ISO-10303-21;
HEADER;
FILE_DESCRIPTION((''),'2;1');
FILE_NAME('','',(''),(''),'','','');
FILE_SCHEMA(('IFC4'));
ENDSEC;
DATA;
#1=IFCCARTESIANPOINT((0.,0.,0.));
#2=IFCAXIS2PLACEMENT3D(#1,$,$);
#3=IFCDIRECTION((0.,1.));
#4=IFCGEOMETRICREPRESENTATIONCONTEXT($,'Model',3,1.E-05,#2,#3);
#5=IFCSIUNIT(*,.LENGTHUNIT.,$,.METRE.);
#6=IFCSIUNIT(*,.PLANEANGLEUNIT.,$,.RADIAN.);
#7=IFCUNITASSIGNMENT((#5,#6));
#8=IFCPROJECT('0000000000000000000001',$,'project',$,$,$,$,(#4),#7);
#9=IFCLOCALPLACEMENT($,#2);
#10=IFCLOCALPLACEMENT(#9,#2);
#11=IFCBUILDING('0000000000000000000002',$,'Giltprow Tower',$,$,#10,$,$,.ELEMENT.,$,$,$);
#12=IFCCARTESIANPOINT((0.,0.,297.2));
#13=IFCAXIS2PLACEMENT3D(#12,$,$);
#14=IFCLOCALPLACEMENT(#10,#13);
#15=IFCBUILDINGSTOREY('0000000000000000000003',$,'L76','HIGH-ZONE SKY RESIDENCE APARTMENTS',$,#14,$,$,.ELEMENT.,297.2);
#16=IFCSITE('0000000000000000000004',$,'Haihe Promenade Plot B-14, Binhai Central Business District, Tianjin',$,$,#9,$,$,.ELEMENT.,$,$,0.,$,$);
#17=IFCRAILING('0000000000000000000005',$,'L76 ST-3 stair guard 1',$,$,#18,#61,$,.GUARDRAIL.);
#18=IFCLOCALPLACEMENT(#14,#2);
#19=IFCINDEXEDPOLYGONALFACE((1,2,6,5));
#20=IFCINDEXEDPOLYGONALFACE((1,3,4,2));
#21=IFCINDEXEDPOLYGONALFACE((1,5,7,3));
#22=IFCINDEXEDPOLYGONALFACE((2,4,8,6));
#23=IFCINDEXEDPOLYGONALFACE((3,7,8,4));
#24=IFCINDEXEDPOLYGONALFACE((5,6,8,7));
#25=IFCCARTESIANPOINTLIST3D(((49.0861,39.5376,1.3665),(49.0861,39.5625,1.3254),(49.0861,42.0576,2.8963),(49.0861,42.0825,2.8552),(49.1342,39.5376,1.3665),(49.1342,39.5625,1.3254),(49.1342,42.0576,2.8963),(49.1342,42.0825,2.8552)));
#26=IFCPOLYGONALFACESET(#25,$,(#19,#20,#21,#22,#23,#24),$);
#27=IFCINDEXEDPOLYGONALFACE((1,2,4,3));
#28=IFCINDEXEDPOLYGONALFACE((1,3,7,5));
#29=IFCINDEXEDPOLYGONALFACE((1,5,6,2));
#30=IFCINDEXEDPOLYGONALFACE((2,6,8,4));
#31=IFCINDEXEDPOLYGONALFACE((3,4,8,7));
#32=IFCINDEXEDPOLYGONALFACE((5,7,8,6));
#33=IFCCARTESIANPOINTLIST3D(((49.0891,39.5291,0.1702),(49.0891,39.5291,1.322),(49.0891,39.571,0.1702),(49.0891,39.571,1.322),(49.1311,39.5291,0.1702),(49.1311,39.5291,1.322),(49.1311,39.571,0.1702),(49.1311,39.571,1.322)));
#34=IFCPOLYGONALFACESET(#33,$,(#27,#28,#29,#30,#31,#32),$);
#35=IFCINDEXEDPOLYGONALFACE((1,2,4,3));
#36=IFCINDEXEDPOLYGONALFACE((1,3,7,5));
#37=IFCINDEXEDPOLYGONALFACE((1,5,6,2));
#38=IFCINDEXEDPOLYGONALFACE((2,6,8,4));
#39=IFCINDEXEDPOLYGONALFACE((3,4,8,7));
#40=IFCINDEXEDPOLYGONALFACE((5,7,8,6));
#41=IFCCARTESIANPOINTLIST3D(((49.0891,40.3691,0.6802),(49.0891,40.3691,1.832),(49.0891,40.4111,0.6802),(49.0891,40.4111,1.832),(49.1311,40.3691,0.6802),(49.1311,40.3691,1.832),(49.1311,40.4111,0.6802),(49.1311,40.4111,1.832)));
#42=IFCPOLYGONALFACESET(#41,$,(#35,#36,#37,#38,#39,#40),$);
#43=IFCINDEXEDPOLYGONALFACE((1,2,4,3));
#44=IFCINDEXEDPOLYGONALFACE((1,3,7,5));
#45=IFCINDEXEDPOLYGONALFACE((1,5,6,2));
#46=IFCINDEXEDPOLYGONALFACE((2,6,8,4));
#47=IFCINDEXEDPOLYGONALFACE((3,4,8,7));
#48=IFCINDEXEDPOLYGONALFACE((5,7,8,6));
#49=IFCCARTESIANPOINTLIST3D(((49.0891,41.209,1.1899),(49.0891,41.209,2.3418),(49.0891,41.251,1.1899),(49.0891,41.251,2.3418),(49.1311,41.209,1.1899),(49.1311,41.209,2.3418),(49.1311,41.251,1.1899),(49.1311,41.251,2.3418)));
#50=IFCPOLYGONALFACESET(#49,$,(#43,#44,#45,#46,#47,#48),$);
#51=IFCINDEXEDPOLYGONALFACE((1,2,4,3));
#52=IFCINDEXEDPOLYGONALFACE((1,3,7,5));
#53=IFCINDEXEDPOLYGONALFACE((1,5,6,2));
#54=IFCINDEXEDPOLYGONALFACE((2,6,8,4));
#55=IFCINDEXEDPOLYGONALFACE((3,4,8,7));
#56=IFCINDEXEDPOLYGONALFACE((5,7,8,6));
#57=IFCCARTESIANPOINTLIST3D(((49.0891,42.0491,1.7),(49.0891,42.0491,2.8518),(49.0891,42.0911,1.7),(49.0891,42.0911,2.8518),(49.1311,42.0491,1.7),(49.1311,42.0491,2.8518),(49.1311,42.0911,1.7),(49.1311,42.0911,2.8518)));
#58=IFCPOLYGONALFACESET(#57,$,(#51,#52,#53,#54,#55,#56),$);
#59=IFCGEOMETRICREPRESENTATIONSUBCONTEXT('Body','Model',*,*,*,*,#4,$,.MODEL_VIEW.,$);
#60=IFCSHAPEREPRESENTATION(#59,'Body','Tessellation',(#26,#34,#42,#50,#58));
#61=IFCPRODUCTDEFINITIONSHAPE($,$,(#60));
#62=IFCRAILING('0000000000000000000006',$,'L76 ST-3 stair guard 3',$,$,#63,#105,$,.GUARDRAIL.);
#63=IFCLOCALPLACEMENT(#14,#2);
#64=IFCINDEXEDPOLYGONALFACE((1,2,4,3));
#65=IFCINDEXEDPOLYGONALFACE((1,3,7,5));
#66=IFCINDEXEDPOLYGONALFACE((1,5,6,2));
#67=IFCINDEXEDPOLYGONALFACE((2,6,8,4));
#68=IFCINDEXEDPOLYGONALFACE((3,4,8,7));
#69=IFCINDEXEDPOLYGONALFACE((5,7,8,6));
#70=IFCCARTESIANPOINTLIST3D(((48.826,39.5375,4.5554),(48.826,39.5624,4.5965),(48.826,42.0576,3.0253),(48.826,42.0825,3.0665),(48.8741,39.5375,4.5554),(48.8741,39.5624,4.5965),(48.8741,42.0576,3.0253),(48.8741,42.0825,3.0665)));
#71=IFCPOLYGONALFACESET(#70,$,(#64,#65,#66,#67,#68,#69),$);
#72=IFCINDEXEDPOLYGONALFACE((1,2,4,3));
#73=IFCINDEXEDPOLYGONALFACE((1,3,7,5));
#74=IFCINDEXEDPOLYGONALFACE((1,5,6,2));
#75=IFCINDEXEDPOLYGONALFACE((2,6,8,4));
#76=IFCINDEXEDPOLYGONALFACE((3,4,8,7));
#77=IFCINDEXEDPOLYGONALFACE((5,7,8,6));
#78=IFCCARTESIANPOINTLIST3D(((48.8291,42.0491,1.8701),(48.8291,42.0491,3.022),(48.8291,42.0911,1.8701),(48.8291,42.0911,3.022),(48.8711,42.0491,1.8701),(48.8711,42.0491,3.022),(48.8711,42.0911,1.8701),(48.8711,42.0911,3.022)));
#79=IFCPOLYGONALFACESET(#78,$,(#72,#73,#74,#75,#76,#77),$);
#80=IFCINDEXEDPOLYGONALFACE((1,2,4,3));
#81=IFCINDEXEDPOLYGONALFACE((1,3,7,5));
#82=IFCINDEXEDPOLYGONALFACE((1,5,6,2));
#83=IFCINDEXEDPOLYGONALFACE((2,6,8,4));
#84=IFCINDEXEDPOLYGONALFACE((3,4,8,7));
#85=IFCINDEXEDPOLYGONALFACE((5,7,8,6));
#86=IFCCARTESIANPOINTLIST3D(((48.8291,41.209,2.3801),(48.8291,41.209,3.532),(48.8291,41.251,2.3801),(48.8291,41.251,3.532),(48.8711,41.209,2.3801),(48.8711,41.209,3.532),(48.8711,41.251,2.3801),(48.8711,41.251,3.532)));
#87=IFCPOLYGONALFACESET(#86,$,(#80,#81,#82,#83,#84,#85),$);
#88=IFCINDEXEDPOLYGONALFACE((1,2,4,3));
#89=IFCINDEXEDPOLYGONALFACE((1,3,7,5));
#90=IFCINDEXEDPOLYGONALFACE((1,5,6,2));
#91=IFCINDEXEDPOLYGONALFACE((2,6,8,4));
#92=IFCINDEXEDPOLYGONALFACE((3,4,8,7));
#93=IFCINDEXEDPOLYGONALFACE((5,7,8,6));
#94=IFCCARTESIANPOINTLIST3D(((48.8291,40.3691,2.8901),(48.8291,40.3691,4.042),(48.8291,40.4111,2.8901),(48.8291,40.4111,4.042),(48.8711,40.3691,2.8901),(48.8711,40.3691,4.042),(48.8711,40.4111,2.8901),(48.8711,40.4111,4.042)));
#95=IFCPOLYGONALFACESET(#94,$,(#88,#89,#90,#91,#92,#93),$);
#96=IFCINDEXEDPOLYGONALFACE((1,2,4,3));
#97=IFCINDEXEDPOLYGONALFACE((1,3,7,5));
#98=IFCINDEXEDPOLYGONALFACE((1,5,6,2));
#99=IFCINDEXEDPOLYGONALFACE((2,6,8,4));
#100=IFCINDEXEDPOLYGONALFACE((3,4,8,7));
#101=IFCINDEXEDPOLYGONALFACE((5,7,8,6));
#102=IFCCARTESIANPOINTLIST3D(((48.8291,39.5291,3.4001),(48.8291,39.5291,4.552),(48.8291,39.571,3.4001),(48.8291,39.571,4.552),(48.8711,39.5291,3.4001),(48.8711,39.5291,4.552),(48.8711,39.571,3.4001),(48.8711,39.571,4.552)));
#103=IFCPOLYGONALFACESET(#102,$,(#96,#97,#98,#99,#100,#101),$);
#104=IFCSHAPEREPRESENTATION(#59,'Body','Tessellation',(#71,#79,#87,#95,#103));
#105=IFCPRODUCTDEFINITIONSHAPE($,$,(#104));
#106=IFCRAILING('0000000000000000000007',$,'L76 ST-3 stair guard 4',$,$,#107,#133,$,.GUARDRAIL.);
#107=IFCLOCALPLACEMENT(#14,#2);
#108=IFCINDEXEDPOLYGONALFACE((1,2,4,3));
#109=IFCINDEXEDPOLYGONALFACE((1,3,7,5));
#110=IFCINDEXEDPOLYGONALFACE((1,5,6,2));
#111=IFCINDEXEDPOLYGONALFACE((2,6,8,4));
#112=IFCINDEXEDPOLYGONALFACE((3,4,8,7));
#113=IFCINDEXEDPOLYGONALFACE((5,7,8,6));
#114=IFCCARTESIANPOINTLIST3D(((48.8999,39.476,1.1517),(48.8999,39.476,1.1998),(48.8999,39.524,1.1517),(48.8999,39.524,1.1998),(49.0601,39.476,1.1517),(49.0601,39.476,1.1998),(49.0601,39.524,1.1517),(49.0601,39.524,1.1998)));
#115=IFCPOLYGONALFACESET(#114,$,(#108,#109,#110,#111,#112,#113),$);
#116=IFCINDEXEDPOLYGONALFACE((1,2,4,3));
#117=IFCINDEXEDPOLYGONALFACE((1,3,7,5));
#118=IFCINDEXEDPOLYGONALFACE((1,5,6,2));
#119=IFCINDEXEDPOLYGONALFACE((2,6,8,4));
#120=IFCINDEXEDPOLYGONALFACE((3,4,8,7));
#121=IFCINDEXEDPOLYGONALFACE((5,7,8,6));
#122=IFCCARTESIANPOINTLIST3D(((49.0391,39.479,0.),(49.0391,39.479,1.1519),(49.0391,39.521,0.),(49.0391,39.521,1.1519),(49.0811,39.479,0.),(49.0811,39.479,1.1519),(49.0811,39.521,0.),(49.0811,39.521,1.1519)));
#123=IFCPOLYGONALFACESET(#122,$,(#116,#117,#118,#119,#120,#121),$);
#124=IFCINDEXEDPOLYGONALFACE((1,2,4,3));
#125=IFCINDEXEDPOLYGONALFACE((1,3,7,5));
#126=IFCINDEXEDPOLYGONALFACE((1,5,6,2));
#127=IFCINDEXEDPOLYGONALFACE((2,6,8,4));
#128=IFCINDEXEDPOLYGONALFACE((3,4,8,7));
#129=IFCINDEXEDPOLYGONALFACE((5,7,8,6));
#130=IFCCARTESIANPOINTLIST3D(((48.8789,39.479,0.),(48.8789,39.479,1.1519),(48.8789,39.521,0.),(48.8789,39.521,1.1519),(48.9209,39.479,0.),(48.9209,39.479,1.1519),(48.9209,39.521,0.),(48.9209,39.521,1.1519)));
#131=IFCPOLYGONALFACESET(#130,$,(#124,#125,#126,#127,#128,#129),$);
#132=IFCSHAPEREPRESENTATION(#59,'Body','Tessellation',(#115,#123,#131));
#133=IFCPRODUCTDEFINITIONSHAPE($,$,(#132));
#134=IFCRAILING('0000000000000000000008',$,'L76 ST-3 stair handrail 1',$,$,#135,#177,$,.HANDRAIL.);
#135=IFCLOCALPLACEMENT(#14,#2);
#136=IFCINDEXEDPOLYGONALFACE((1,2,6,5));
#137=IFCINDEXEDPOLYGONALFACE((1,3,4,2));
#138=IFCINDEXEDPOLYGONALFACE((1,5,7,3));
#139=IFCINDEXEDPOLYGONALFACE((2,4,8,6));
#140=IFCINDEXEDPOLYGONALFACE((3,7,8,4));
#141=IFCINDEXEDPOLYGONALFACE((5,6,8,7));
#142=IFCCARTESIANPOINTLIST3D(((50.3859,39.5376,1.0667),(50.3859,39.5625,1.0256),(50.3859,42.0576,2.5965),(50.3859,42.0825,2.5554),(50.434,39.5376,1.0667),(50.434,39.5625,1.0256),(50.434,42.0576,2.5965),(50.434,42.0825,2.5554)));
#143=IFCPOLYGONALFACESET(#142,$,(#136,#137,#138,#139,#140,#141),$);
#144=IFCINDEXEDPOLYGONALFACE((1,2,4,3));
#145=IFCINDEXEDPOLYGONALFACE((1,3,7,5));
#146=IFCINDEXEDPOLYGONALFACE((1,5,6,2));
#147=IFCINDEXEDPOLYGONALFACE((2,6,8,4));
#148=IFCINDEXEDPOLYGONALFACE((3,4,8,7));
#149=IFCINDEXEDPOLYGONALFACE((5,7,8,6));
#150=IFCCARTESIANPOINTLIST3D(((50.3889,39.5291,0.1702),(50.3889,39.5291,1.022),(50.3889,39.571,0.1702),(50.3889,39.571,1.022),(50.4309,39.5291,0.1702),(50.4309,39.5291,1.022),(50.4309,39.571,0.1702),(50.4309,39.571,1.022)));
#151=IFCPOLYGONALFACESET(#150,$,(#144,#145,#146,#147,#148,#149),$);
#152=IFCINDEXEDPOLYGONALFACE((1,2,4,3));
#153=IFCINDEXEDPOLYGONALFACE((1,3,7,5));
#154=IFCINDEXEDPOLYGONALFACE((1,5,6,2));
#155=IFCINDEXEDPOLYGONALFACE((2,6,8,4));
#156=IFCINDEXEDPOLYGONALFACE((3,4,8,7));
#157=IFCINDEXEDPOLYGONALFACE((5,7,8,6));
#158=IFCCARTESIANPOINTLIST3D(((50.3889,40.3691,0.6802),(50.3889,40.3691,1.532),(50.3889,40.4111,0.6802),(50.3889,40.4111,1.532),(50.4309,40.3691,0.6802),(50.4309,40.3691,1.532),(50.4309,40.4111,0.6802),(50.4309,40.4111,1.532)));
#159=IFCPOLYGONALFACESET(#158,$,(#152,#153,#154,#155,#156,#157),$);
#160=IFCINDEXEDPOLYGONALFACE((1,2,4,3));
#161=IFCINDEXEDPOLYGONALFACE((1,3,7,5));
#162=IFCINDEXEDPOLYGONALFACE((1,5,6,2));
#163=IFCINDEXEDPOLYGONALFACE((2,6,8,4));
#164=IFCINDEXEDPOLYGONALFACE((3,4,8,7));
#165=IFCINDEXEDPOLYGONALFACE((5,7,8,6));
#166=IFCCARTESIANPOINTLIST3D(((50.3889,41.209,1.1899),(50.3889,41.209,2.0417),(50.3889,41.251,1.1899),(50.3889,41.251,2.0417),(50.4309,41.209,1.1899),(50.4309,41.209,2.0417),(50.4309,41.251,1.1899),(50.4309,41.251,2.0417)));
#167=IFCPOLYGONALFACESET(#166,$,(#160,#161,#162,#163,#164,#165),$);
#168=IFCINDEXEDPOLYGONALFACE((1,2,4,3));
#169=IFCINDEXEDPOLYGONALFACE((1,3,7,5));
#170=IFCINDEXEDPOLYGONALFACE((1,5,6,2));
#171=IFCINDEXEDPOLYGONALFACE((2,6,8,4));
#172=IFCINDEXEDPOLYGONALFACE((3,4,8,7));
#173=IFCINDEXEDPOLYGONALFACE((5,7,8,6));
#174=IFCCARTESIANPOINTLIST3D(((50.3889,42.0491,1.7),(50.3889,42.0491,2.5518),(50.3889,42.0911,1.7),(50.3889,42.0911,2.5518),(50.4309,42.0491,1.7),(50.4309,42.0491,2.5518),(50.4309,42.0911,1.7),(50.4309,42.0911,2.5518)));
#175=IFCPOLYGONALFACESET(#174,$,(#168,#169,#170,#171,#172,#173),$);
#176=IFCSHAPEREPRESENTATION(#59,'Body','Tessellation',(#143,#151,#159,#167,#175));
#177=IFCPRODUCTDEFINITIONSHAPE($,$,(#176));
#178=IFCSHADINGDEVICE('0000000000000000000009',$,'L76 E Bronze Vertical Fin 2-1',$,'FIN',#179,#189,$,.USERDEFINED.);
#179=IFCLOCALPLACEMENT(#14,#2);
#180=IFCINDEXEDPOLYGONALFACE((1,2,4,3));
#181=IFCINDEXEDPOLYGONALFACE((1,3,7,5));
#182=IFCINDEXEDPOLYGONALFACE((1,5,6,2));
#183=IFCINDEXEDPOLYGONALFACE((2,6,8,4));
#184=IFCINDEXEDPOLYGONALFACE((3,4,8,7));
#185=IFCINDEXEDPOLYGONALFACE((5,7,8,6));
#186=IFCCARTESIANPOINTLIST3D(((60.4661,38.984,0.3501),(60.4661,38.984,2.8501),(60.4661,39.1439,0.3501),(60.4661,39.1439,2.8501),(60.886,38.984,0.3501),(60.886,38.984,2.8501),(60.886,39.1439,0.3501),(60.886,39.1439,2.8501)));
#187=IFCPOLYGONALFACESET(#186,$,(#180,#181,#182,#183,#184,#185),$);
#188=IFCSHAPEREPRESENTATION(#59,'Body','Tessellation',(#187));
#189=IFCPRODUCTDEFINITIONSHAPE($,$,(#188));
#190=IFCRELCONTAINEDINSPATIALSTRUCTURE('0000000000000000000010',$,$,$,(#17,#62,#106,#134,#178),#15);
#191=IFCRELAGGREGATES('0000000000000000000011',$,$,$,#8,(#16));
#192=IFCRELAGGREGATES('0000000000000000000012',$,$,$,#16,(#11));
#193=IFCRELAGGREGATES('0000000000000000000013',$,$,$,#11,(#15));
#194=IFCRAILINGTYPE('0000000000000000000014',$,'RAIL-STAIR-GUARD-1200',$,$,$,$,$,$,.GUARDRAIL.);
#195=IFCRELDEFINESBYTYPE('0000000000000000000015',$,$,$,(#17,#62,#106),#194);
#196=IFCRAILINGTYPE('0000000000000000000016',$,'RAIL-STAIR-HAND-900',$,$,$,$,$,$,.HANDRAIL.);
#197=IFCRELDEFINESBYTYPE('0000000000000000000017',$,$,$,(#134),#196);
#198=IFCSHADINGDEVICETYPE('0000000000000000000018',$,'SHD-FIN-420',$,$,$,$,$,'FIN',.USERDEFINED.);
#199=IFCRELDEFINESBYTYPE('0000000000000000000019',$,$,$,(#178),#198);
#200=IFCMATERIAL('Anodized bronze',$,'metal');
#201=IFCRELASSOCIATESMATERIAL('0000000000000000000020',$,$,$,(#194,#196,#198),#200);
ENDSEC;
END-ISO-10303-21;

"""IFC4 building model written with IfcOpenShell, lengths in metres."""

from ifc_helpers import new_model, si_unit, direction, frame, origin, origin_2d, place, context, subcontext, project, spatial, rectangle, extrude, source, transform, mapped, material, type_object, element, save


model = new_model("IFC4")

# Units and contexts
model_context = context("Model", 3, precision=1e-05, world=origin(), true_north=direction((0.0, 1.0)))
body_context = subcontext(model_context, "Body", "Model", "MODEL_VIEW")
ifc_project = project(units=[si_unit("LENGTHUNIT", "METRE"), si_unit("PLANEANGLEUNIT", "RADIAN")], contexts=[model_context])

# Site, building, storey
site_placement = place(None, origin())
site = spatial("IfcSite", under=ifc_project, at=site_placement, Name="Haihe Promenade Plot B-14, Binhai Central Business District, Tianjin", CompositionType="ELEMENT", RefElevation=0.0)
building_placement = place(site_placement, origin())
building = spatial("IfcBuilding", under=site, at=building_placement, Name="Giltprow Tower", CompositionType="ELEMENT")
storey_placement = place(building_placement, frame((0.0, 0.0, 297.2)))
storey = spatial("IfcBuildingStorey", under=building, at=storey_placement, Name="L76", Description="HIGH-ZONE SKY RESIDENCE APARTMENTS", CompositionType="ELEMENT", Elevation=297.2)

# Railings
ifc_material_1 = material(Name="Anodized bronze", Category="metal")
railing_type_1 = type_object("IfcRailingType", Name="RAIL-STAIR-GUARD-1200", PredefinedType="GUARDRAIL", material=ifc_material_1)
railing_1_placement = place(storey_placement, frame((49.1101, 39.55, 0.1702)))
element("IfcRailing", 1, at=railing_1_placement, inside=storey, type_object=railing_type_1, Name="L76 ST-3 stair guard 1", PredefinedType="GUARDRAIL", context=body_context, shape_type="SweptSolid", body=[
    extrude(rectangle(XDim=0.0481, YDim=0.0481, at=origin_2d()), frame((0.0, 0.0, 1.1758), z_axis=(0.0, 0.854822, 0.518922), x_axis=(-1.0, 0.0, 0.0)), (0.0, 0.0, 1.0), 2.948),
    extrude(rectangle(XDim=0.042, YDim=0.042, at=origin_2d()), origin(), (0.0, 0.0, 1.0), 1.1519),
    extrude(rectangle(XDim=0.042, YDim=0.042, at=origin_2d()), frame((0.0, 0.8401, 0.51)), (0.0, 0.0, 1.0), 1.1519),
    extrude(rectangle(XDim=0.042, YDim=0.042, at=origin_2d()), frame((0.0, 1.6799, 1.0198)), (0.0, 0.0, 1.0), 1.1519),
    extrude(rectangle(XDim=0.042, YDim=0.042, at=origin_2d()), frame((0.0, 2.52, 1.5298)), (0.0, 0.0, 1.0), 1.1519),
])
railing_2_placement = place(storey_placement, frame((48.8501, 42.0701, 1.8701)))
element("IfcRailing", 2, at=railing_2_placement, inside=storey, type_object=railing_type_1, Name="L76 ST-3 stair guard 3", PredefinedType="GUARDRAIL", context=body_context, shape_type="SweptSolid", body=[
    extrude(rectangle(XDim=0.0481, YDim=0.0481, at=origin_2d()), frame((0.0, 0.0, 1.1758), z_axis=(0.0, -0.854785, 0.518982), x_axis=(1.0, 0.0, 0.0)), (0.0, 0.0, 1.0), 2.9482),
    extrude(rectangle(XDim=0.042, YDim=0.042, at=origin_2d()), origin(), (0.0, 0.0, 1.0), 1.1519),
    extrude(rectangle(XDim=0.042, YDim=0.042, at=origin_2d()), frame((0.0, -0.8401, 0.51)), (0.0, 0.0, 1.0), 1.1519),
    extrude(rectangle(XDim=0.042, YDim=0.042, at=origin_2d()), frame((0.0, -1.6799, 1.02)), (0.0, 0.0, 1.0), 1.1519),
    extrude(rectangle(XDim=0.042, YDim=0.042, at=origin_2d()), frame((0.0, -2.52, 1.53)), (0.0, 0.0, 1.0), 1.1519),
])
railing_3_placement = place(storey_placement, frame((49.0601, 39.5, 0.0)))
element("IfcRailing", 3, at=railing_3_placement, inside=storey, type_object=railing_type_1, Name="L76 ST-3 stair guard 4", PredefinedType="GUARDRAIL", context=body_context, shape_type="SweptSolid", body=[
    extrude(rectangle(XDim=0.0481, YDim=0.0481, at=origin_2d()), frame((0.0, 0.0, 1.1758), z_axis=(-1.0, 0.0, 0.0), x_axis=(0.0, -1.0, 0.0)), (0.0, 0.0, 1.0), 0.1602),
    extrude(rectangle(XDim=0.042, YDim=0.042, at=origin_2d()), origin(), (0.0, 0.0, 1.0), 1.1519),
    extrude(rectangle(XDim=0.042, YDim=0.042, at=origin_2d()), frame((-0.1602, 0.0, 0.0)), (0.0, 0.0, 1.0), 1.1519),
])
railing_type_2 = type_object("IfcRailingType", Name="RAIL-STAIR-HAND-900", PredefinedType="HANDRAIL", material=ifc_material_1)
railing_4_placement = place(storey_placement, frame((50.4099, 39.55, 0.1702)))
element("IfcRailing", 4, at=railing_4_placement, inside=storey, type_object=railing_type_2, Name="L76 ST-3 stair handrail 1", PredefinedType="HANDRAIL", context=body_context, shape_type="SweptSolid", body=[
    extrude(rectangle(XDim=0.0481, YDim=0.0481, at=origin_2d()), frame((0.0, 0.0, 0.876), z_axis=(0.0, 0.854822, 0.518922), x_axis=(-1.0, 0.0, 0.0)), (0.0, 0.0, 1.0), 2.948),
    extrude(rectangle(XDim=0.042, YDim=0.042, at=origin_2d()), origin(), (0.0, 0.0, 1.0), 0.8518),
    extrude(rectangle(XDim=0.042, YDim=0.042, at=origin_2d()), frame((0.0, 0.8401, 0.51)), (0.0, 0.0, 1.0), 0.8518),
    extrude(rectangle(XDim=0.042, YDim=0.042, at=origin_2d()), frame((0.0, 1.6799, 1.0198)), (0.0, 0.0, 1.0), 0.8518),
    extrude(rectangle(XDim=0.042, YDim=0.042, at=origin_2d()), frame((0.0, 2.52, 1.5298)), (0.0, 0.0, 1.0), 0.8518),
])

# Shading device
shading_device_type = type_object("IfcShadingDeviceType", Name="SHD-FIN-420", ElementType="FIN", PredefinedType="USERDEFINED", material=ifc_material_1)
shared_shape_1 = source(origin(), body_context, "Body", "SweptSolid", [
    extrude(rectangle(XDim=0.4199, YDim=0.1599, at=origin_2d()), origin(), (0.0, 0.0, 1.0), 2.5),
])
shading_device_placement = place(storey_placement, frame((60.676, 39.064, 0.3501), z_axis=(0.0, 0.0, 1.0), x_axis=(1.0, 0.0, 0.0)))
element("IfcShadingDevice", 5, at=shading_device_placement, inside=storey, type_object=shading_device_type, Name="L76 E Bronze Vertical Fin 2-1", ObjectType="FIN", PredefinedType="USERDEFINED", context=body_context, shape_type="MappedRepresentation", body=[
    mapped(shared_shape_1, transform((0.0, 0.0, 0.0), x_axis=(1.0, 0.0, 0.0), y_axis=(0.0, 1.0, 0.0), z_axis=(0.0, 0.0, 1.0), scale=1.0)),
])

save(model, "model.ifc")
